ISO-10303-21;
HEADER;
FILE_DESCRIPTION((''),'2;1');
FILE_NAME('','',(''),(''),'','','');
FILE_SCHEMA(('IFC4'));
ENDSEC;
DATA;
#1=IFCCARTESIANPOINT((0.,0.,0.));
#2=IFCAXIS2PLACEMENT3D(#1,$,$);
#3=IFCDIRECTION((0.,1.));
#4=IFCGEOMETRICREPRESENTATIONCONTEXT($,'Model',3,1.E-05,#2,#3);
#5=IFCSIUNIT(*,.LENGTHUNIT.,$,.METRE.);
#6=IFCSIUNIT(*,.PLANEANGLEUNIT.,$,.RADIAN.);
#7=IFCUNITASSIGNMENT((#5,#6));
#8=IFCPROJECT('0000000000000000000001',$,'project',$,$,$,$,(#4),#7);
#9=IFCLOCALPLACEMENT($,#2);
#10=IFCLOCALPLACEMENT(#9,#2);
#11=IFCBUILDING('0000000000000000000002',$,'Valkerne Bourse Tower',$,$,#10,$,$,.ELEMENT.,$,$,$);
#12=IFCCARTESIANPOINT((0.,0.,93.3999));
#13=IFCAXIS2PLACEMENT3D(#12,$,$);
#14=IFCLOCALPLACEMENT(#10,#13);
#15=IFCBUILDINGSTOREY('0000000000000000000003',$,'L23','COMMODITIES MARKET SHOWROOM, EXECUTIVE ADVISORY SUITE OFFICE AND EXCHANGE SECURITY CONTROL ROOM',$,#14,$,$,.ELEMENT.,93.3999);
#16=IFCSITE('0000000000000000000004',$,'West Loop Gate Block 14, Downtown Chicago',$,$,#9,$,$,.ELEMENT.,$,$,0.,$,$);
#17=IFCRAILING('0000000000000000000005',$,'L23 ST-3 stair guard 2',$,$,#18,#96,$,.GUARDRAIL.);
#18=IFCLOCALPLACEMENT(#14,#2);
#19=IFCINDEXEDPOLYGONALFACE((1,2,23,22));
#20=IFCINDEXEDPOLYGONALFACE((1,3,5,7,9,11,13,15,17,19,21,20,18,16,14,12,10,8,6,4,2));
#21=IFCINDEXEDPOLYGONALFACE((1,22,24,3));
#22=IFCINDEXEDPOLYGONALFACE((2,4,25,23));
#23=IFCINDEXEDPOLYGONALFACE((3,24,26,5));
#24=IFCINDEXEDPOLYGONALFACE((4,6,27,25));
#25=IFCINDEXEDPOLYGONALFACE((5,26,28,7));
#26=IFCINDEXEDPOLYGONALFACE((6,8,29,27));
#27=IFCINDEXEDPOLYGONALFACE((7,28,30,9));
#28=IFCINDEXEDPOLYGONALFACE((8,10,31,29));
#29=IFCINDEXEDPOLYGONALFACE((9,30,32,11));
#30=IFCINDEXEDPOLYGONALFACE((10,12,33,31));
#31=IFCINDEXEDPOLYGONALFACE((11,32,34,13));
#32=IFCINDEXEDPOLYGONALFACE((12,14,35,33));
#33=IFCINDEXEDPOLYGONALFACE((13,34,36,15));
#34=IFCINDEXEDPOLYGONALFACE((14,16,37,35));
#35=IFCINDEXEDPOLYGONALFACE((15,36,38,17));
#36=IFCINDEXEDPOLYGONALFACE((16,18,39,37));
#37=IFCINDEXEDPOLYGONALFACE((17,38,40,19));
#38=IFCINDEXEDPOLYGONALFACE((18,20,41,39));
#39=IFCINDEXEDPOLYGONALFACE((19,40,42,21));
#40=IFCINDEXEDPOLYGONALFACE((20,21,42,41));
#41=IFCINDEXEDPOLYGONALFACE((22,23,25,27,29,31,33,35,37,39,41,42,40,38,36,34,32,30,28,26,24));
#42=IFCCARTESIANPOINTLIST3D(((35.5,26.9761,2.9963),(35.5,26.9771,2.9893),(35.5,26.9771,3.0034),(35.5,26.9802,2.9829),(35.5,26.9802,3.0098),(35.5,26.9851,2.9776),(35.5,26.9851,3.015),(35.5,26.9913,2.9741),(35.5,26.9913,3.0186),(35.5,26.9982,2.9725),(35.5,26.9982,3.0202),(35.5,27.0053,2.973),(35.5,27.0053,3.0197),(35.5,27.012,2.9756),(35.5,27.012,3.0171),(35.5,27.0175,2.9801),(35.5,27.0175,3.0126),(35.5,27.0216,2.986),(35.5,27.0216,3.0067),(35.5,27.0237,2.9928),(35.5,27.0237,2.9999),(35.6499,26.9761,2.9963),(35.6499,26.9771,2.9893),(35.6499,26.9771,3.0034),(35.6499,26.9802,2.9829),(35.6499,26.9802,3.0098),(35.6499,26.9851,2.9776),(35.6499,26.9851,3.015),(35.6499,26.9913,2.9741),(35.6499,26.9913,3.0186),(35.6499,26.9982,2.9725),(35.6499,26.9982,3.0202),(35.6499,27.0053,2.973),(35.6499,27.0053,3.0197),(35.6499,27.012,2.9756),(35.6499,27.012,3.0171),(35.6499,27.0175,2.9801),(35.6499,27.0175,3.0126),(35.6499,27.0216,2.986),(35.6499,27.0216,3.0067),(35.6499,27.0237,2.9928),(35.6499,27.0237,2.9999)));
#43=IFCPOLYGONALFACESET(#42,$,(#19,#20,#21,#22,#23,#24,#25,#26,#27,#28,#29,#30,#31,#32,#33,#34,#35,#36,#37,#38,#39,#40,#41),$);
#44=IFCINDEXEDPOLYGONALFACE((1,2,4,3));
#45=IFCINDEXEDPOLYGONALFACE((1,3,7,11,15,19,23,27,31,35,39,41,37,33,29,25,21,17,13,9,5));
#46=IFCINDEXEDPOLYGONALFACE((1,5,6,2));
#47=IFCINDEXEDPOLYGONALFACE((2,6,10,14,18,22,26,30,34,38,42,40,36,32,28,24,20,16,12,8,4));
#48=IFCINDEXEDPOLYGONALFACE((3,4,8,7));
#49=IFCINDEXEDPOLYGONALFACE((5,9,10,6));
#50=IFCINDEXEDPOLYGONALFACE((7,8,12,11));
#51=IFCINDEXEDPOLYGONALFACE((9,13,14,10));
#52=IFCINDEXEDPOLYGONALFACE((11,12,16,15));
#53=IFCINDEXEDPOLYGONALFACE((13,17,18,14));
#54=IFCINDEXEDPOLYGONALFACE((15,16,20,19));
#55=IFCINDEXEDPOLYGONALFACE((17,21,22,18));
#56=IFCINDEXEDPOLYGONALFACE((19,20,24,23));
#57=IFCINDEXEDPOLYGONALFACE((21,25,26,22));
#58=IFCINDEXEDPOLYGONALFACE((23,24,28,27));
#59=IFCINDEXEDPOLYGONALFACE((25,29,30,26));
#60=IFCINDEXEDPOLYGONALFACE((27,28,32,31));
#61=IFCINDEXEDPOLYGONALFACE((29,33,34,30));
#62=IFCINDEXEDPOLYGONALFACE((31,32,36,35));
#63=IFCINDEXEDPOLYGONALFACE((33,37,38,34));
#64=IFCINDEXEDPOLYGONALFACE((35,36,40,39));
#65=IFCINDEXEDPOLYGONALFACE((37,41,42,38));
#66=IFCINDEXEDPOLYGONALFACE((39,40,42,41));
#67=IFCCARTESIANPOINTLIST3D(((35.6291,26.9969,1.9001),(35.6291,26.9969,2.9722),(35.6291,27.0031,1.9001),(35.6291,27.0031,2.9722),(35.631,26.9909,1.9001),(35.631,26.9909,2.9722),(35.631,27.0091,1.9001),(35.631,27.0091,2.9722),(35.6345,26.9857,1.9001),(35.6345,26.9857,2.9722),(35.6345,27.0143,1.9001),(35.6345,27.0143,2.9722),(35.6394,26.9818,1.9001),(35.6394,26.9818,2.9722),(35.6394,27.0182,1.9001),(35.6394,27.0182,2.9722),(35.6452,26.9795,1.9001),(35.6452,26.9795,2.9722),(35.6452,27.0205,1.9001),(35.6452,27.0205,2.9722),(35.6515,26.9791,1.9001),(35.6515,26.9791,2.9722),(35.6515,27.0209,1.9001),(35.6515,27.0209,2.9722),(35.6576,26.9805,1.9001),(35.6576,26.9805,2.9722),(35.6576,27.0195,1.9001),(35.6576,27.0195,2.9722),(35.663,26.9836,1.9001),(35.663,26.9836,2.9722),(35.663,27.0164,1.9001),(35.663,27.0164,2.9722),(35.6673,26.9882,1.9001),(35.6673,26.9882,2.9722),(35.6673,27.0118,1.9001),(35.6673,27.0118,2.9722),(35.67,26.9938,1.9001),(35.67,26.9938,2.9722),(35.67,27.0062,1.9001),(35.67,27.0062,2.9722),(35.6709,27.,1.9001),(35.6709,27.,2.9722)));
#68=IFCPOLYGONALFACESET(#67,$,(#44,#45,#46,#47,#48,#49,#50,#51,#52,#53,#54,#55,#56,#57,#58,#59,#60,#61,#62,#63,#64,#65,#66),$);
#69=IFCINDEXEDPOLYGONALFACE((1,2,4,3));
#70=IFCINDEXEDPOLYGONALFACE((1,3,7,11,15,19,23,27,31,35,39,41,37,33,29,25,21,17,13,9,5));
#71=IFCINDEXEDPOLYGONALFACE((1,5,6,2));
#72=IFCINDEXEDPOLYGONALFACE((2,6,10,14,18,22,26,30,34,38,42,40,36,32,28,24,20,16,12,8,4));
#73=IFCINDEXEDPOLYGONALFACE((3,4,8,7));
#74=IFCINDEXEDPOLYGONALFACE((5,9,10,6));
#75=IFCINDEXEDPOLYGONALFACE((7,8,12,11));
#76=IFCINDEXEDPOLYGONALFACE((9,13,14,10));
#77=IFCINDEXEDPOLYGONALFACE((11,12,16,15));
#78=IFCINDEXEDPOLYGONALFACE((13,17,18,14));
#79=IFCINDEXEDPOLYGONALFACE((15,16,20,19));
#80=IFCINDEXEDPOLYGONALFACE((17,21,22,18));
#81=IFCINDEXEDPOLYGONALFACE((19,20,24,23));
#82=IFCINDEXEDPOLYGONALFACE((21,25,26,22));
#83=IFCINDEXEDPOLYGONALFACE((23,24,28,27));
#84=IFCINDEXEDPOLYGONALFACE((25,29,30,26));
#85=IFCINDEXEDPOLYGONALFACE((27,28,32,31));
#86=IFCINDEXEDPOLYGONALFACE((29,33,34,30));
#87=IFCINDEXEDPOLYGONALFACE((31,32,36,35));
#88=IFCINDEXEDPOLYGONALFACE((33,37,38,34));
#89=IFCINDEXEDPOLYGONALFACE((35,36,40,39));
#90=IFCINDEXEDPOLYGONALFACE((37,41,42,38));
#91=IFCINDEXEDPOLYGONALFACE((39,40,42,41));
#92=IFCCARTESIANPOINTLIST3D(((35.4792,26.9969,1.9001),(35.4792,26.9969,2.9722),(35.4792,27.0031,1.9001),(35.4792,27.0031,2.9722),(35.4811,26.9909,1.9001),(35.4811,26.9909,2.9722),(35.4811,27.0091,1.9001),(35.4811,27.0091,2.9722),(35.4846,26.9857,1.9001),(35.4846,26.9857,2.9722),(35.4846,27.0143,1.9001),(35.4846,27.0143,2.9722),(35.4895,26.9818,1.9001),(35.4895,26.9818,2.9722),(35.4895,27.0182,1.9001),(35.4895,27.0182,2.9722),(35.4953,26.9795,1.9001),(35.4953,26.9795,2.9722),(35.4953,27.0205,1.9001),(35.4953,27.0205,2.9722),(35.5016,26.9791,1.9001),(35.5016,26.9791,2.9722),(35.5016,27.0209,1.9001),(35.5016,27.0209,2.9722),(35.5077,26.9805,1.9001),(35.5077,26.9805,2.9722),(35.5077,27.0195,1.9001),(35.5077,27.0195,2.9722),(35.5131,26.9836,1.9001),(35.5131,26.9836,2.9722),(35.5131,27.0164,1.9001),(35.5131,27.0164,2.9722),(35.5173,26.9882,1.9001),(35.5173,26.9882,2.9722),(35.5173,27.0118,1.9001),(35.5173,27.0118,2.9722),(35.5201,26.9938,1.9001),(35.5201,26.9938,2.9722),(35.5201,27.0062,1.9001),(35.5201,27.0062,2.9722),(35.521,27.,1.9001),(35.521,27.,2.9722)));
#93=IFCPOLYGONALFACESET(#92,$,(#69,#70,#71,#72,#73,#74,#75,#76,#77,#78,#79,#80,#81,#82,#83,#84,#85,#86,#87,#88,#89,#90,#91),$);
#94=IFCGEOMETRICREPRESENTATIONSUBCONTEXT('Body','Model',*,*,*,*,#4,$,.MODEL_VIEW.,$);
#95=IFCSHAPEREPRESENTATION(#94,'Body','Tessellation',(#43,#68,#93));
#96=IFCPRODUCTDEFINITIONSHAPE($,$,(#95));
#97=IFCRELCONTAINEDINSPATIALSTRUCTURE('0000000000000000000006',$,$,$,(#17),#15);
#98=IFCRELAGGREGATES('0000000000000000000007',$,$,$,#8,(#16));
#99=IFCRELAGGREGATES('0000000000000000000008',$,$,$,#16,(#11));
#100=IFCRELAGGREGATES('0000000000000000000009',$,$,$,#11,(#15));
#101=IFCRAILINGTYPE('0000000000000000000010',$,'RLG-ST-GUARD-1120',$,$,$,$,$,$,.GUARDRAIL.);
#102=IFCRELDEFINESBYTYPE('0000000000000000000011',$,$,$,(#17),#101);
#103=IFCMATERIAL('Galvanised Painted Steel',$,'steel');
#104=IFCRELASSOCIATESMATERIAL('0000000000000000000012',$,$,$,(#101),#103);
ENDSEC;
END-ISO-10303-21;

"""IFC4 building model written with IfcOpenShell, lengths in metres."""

from ifc_helpers import new_model, si_unit, direction, frame, origin, origin_2d, place, context, subcontext, project, spatial, circle, extrude, material, type_object, element, save


model = new_model("IFC4")

# Units and contexts
model_context = context("Model", 3, precision=1e-05, world=origin(), true_north=direction((0.0, 1.0)))
body_context = subcontext(model_context, "Body", "Model", "MODEL_VIEW")
ifc_project = project(units=[si_unit("LENGTHUNIT", "METRE"), si_unit("PLANEANGLEUNIT", "RADIAN")], contexts=[model_context])

# Site, building, storey
site_placement = place(None, origin())
site = spatial("IfcSite", under=ifc_project, at=site_placement, Name="West Loop Gate Block 14, Downtown Chicago", CompositionType="ELEMENT", RefElevation=0.0)
building_placement = place(site_placement, origin())
building = spatial("IfcBuilding", under=site, at=building_placement, Name="Valkerne Bourse Tower", CompositionType="ELEMENT")
storey_placement = place(building_placement, frame((0.0, 0.0, 93.3999)))
storey = spatial("IfcBuildingStorey", under=building, at=storey_placement, Name="L23", Description="COMMODITIES MARKET SHOWROOM, EXECUTIVE ADVISORY SUITE OFFICE AND EXCHANGE SECURITY CONTROL ROOM", CompositionType="ELEMENT", Elevation=93.3999)

# Shared definitions
ifc_material_1 = material(Name="Galvanised Painted Steel", Category="steel")

# Railing
railing_type_1 = type_object("IfcRailingType", Name="RLG-ST-GUARD-1120", PredefinedType="GUARDRAIL", material=ifc_material_1)
railing_1_placement = place(storey_placement, frame((35.6499, 27.0, 1.9001)))
element("IfcRailing", 1, at=railing_1_placement, inside=storey, type_object=railing_type_1, Name="L23 ST-3 stair guard 2", PredefinedType="GUARDRAIL", context=body_context, shape_type="SweptSolid", body=[
    extrude(circle(Radius=0.0239, at=origin_2d()), frame((0.0, 0.0, 1.0962), z_axis=(-1.0, 0.0, 0.0), x_axis=(0.0, -1.0, 0.0)), (0.0, 0.0, 1.0), 0.1499),
    extrude(circle(Radius=0.021, at=origin_2d()), origin(), (0.0, 0.0, 1.0), 1.072),
    extrude(circle(Radius=0.021, at=origin_2d()), frame((-0.1499, 0.0, 0.0)), (0.0, 0.0, 1.0), 1.072),
])

save(model, "model.ifc")
